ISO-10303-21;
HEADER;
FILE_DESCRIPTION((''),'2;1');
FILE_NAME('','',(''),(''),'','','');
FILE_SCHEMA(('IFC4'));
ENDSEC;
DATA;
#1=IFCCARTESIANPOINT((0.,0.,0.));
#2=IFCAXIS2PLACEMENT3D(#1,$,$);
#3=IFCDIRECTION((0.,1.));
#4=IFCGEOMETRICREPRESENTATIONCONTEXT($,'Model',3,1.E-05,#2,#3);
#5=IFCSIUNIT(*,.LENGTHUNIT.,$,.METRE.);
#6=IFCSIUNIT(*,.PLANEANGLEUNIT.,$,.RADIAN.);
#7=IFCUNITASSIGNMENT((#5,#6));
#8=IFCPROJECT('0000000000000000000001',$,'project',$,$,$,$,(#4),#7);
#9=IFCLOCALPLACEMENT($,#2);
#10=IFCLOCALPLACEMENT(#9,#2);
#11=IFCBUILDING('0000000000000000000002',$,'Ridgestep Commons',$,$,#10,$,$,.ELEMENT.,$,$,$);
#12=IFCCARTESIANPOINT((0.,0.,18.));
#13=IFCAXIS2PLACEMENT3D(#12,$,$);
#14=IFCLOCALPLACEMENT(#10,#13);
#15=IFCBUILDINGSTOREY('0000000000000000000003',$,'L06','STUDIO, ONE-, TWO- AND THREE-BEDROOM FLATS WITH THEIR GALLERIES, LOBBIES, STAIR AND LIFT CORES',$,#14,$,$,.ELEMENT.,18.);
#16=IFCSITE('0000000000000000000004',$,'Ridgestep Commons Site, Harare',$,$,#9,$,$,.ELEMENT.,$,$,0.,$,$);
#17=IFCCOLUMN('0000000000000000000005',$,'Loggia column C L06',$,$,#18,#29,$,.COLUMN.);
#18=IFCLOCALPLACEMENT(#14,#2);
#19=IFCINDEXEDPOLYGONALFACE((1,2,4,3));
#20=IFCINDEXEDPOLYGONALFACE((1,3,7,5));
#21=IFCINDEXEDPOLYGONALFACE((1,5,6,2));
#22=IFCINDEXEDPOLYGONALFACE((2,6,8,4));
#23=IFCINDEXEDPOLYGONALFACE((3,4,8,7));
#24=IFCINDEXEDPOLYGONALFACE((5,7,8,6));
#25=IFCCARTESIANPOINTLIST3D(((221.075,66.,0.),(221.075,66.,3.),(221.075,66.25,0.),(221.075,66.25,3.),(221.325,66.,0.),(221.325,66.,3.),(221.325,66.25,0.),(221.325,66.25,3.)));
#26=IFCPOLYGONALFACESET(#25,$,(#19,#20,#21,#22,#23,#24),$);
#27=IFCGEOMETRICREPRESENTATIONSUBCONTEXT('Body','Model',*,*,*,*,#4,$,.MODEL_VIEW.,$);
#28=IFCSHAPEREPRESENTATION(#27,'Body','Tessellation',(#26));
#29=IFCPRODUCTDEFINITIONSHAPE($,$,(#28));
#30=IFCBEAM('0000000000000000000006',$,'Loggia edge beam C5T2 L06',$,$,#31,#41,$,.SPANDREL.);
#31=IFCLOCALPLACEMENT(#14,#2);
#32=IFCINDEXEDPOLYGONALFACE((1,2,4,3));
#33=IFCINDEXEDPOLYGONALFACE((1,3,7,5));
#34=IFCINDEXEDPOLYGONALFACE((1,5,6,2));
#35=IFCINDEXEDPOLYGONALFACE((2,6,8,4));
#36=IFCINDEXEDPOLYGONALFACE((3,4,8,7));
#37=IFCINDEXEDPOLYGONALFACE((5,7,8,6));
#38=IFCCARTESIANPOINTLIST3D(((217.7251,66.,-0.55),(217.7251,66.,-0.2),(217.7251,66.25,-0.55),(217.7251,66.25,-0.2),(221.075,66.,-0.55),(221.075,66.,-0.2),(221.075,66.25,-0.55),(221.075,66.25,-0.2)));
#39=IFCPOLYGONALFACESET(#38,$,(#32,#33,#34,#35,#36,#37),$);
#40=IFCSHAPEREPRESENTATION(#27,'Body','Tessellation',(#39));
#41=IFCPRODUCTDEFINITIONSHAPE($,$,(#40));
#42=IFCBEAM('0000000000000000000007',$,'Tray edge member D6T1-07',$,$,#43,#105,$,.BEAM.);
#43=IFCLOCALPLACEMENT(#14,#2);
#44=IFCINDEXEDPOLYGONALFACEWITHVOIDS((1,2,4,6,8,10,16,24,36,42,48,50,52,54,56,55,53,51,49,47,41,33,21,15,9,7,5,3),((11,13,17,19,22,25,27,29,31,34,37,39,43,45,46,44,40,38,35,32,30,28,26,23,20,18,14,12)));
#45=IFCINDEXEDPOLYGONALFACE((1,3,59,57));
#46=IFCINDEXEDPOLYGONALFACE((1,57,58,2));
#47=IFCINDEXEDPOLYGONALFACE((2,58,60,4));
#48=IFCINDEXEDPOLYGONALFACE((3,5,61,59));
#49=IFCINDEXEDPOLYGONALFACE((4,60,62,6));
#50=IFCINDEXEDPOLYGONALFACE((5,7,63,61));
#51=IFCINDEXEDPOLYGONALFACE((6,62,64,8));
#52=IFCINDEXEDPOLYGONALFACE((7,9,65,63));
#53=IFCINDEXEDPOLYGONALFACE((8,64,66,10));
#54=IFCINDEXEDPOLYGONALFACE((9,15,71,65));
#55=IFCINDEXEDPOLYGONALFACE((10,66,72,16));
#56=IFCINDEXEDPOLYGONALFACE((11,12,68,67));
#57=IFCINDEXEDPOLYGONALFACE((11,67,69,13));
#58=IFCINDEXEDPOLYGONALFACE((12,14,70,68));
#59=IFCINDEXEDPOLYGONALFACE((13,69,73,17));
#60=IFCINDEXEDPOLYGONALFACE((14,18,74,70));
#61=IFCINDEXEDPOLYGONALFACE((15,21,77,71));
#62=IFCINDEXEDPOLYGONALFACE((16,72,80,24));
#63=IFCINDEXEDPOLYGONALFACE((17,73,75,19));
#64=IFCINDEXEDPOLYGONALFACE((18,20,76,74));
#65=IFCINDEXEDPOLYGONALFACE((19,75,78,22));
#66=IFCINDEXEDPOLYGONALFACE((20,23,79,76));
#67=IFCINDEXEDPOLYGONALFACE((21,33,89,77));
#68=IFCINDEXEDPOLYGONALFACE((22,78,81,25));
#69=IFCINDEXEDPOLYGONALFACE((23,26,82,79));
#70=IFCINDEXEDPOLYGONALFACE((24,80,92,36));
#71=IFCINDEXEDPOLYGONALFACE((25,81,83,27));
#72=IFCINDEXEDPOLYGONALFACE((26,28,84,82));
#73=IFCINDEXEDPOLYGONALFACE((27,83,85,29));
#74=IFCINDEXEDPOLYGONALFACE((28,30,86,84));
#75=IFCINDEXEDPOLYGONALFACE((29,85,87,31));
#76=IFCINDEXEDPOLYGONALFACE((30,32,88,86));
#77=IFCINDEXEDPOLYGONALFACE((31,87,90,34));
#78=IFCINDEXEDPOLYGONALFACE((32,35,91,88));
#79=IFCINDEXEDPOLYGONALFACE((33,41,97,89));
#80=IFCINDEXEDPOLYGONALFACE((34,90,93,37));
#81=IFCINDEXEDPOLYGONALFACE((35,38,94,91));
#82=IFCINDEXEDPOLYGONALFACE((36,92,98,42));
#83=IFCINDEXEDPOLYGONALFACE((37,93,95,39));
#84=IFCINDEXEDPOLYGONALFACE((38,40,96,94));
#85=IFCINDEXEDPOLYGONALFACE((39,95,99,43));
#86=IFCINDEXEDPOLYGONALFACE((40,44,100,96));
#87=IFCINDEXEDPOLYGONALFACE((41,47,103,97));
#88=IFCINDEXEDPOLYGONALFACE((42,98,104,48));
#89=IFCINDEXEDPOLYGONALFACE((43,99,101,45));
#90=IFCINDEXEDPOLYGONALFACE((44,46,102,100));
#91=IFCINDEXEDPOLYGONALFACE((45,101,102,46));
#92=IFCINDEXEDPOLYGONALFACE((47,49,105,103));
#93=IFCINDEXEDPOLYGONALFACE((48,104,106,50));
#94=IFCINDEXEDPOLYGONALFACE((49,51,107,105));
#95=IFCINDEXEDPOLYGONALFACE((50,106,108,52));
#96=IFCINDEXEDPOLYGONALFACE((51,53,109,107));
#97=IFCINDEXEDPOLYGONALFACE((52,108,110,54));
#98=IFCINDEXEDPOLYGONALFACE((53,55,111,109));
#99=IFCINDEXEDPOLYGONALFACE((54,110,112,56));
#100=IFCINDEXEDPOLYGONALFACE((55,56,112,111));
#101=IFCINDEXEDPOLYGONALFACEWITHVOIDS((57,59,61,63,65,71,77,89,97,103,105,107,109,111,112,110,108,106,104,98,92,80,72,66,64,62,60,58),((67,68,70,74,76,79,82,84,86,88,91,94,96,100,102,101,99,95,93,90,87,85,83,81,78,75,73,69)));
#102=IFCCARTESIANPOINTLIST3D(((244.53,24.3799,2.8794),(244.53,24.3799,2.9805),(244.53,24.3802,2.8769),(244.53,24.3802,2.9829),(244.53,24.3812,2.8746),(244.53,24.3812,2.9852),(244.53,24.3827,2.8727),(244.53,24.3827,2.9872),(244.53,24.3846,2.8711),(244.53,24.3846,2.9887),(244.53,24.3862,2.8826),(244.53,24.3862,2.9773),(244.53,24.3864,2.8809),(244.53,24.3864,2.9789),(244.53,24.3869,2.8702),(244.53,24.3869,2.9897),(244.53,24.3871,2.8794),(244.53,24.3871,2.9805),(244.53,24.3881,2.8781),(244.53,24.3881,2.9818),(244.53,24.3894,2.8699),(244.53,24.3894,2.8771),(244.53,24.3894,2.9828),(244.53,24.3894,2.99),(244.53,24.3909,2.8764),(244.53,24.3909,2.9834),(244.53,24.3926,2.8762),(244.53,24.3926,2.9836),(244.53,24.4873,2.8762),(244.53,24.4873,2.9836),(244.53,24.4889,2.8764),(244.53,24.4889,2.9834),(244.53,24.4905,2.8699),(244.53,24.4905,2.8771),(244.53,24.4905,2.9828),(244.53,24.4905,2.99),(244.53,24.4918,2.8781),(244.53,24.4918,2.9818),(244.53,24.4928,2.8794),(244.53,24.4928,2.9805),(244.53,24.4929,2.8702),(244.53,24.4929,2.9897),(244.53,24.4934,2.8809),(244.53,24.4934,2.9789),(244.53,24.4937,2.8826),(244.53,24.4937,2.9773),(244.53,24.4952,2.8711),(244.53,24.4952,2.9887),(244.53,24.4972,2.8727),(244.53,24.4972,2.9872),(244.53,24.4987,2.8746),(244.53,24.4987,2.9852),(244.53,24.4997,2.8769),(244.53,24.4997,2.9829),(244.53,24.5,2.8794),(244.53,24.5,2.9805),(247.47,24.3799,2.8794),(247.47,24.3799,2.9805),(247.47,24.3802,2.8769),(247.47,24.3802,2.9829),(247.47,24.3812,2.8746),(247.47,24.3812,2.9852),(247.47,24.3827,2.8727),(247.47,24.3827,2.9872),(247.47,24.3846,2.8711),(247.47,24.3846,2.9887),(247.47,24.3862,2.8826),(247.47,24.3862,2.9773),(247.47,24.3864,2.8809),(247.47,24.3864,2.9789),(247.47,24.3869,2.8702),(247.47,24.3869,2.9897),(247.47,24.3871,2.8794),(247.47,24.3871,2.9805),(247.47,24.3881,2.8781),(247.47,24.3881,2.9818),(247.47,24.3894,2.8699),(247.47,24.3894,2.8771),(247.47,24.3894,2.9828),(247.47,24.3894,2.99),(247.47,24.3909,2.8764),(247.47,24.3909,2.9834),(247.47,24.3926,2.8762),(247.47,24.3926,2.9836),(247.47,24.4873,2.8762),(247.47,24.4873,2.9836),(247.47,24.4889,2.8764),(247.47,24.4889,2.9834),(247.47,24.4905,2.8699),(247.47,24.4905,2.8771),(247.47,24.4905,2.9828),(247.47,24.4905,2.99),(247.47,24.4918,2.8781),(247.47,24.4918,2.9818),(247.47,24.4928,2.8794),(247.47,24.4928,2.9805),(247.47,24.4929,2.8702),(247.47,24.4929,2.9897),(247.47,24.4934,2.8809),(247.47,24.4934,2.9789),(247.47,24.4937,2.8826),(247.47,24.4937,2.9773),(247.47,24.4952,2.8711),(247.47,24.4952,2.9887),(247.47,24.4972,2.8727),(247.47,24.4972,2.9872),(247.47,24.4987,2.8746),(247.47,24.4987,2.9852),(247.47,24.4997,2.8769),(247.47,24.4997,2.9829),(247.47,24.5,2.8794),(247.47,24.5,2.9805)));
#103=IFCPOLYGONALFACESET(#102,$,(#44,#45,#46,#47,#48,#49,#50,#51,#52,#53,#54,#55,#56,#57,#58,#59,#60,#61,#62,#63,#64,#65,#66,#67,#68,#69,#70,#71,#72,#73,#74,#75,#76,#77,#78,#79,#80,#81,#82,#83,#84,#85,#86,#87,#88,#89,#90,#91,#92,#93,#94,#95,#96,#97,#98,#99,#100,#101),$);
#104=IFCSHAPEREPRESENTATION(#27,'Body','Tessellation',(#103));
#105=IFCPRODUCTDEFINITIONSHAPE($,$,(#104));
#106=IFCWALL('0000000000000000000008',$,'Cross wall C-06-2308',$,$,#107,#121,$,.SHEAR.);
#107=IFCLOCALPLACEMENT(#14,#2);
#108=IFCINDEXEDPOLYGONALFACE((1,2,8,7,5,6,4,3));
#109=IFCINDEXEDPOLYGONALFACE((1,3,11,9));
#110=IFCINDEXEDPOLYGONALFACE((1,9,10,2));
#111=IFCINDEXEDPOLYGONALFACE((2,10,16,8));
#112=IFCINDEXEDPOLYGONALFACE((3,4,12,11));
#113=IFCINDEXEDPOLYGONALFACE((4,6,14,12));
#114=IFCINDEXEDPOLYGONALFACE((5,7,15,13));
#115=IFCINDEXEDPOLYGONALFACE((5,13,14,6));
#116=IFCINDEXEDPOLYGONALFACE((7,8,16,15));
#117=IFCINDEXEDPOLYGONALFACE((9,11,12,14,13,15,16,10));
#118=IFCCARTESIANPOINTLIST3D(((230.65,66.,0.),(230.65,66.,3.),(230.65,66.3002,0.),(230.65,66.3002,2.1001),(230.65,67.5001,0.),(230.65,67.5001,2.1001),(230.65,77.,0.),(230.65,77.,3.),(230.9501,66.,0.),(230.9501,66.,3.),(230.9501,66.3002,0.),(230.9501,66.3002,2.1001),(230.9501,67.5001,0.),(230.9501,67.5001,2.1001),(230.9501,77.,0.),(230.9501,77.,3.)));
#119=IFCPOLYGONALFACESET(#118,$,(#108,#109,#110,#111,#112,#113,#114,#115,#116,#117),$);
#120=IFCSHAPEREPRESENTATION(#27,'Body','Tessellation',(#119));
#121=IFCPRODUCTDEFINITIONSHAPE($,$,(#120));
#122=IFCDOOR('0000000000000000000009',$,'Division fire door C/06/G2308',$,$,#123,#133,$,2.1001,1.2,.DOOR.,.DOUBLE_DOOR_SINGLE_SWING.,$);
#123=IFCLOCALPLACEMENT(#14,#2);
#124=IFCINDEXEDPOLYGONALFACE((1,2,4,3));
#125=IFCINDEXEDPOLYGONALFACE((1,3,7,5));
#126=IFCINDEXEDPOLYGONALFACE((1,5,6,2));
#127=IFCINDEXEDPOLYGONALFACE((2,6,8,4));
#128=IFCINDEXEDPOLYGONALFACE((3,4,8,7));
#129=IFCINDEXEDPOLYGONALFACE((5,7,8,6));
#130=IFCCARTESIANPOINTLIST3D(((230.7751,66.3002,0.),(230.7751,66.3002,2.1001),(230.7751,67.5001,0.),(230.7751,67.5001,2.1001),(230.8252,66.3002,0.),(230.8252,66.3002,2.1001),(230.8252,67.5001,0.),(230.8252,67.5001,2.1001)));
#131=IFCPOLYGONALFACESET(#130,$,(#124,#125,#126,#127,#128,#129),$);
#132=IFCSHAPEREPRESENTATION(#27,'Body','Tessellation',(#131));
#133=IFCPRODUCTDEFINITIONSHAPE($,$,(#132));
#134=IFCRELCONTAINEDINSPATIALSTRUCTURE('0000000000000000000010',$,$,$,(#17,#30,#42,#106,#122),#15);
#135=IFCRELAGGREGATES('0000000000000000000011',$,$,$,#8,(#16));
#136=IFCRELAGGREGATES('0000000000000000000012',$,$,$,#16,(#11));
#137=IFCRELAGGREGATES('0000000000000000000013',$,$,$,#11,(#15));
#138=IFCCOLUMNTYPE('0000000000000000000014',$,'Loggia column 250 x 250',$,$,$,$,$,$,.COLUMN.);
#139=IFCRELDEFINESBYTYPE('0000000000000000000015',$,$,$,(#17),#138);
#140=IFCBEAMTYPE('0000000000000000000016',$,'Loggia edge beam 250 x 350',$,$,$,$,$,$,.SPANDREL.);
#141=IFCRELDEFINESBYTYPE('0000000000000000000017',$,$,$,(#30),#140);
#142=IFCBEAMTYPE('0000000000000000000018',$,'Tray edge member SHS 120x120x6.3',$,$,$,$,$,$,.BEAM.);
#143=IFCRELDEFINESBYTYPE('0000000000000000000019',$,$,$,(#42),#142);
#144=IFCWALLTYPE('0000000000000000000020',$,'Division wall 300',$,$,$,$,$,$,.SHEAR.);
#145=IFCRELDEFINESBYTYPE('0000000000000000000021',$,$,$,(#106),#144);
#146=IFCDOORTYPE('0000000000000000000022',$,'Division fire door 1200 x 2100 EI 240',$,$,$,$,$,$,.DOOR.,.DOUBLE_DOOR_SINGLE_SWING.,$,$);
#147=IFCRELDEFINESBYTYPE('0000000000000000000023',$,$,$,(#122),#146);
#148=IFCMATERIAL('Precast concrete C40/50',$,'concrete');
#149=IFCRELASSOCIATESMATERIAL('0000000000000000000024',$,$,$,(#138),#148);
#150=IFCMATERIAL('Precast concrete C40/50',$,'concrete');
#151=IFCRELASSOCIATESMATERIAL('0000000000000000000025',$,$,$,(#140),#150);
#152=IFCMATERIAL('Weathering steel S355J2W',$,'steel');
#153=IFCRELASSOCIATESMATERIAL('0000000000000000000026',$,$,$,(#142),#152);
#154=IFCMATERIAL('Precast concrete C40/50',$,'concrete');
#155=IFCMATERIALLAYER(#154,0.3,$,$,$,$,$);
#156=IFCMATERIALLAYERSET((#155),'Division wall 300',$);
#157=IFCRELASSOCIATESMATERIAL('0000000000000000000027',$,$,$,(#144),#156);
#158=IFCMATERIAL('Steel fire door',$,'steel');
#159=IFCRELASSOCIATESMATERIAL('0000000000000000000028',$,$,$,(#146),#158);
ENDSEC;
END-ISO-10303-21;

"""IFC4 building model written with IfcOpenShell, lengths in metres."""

from ifc_helpers import new_model, si_unit, direction, frame, frame_2d, origin, origin_2d, place, context, subcontext, project, spatial, rectangle, hollow_rectangle, extrude, material, layer, layer_set, material_profile, profile_set, type_object, element, fill, save


model = new_model("IFC4")

# Units and contexts
model_context = context("Model", 3, precision=1e-05, world=origin(), true_north=direction((0.0, 1.0)))
body_context = subcontext(model_context, "Body", "Model", "MODEL_VIEW")
ifc_project = project(units=[si_unit("LENGTHUNIT", "METRE"), si_unit("PLANEANGLEUNIT", "RADIAN")], contexts=[model_context])

# Site, building, storey
site_placement = place(None, origin())
site = spatial("IfcSite", under=ifc_project, at=site_placement, Name="Ridgestep Commons Site, Harare", CompositionType="ELEMENT", RefElevation=0.0)
building_placement = place(site_placement, origin())
building = spatial("IfcBuilding", under=site, at=building_placement, Name="Ridgestep Commons", CompositionType="ELEMENT")
storey_placement = place(building_placement, frame((0.0, 0.0, 18.0)))
storey = spatial("IfcBuildingStorey", under=building, at=storey_placement, Name="L06", Description="STUDIO, ONE-, TWO- AND THREE-BEDROOM FLATS WITH THEIR GALLERIES, LOBBIES, STAIR AND LIFT CORES", CompositionType="ELEMENT", Elevation=18.0)

# Column
ifc_material_1 = material(Name="Precast concrete C40/50", Category="concrete")
ifc_material_profile_1 = material_profile(ifc_material_1, rectangle(XDim=0.25, YDim=0.25, at=origin_2d()), Name="PC 250x250")
ifc_profile_set_1 = profile_set([ifc_material_profile_1], Name="Precast concrete C40/50")
column_type = type_object("IfcColumnType", Name="Loggia column 250 x 250", PredefinedType="COLUMN", material=ifc_profile_set_1)
column_placement = place(storey_placement, frame((221.2, 66.125, 0.0), z_axis=(0.0, 0.0, 1.0), x_axis=(1.0, 0.0, 0.0)))
element("IfcColumn", 1, at=column_placement, inside=storey, type_object=column_type, Name="Loggia column C L06", PredefinedType="COLUMN", context=body_context, shape_type="SweptSolid", body=[
    extrude(rectangle(XDim=0.25, YDim=0.25, at=origin_2d()), origin(), (0.0, 0.0, 1.0), 3.0),
])

# Beams
ifc_material_2 = material(Name="Precast concrete C40/50", Category="concrete")
ifc_material_profile_2 = material_profile(ifc_material_2, rectangle(XDim=0.25, YDim=0.3501, at=origin_2d()), Name="PC 250x350")
ifc_profile_set_2 = profile_set([ifc_material_profile_2], Name="Precast concrete C40/50")
beam_type_1 = type_object("IfcBeamType", Name="Loggia edge beam 250 x 350", PredefinedType="SPANDREL", material=ifc_profile_set_2)
beam_1_placement = place(storey_placement, frame((217.7251, 66.125, -0.375), z_axis=(1.0, 0.0, 0.0), x_axis=(0.0, 1.0, 0.0)))
element("IfcBeam", 2, at=beam_1_placement, inside=storey, type_object=beam_type_1, Name="Loggia edge beam C5T2 L06", PredefinedType="SPANDREL", context=body_context, shape_type="SweptSolid", body=[
    extrude(rectangle(XDim=0.25, YDim=0.3501, at=origin_2d()), origin(), (0.0, 0.0, 1.0), 3.3499),
])
ifc_material_3 = material(Name="Weathering steel S355J2W", Category="steel")
ifc_material_profile_3 = material_profile(ifc_material_3, hollow_rectangle(XDim=0.1201, YDim=0.1201, WallThickness=0.0063, InnerFilletRadius=0.0063, OuterFilletRadius=0.0095, at=origin_2d()), Name="SHS 120x120x6.3")
ifc_profile_set_3 = profile_set([ifc_material_profile_3], Name="Weathering steel S355J2W")
beam_type_2 = type_object("IfcBeamType", Name="Tray edge member SHS 120x120x6.3", PredefinedType="BEAM", material=ifc_profile_set_3)
beam_2_placement = place(storey_placement, frame((244.53, 24.4399, 2.9299), z_axis=(1.0, 0.0, 0.0), x_axis=(0.0, 0.0, 1.0)))
element("IfcBeam", 3, at=beam_2_placement, inside=storey, type_object=beam_type_2, Name="Tray edge member D6T1-07", PredefinedType="BEAM", context=body_context, shape_type="SweptSolid", body=[
    extrude(hollow_rectangle(XDim=0.1201, YDim=0.1201, WallThickness=0.0063, InnerFilletRadius=0.0063, OuterFilletRadius=0.0095, at=origin_2d()), origin(), (0.0, 0.0, 1.0), 2.9399),
])

# Wall, opening, door
ifc_material_4 = material(Name="Precast concrete C40/50", Category="concrete")
ifc_layer_1 = layer(ifc_material_4, 0.3)
ifc_layer_set_1 = layer_set([ifc_layer_1], Name="Division wall 300")
wall_type_1 = type_object("IfcWallType", Name="Division wall 300", PredefinedType="SHEAR", material=ifc_layer_set_1)
wall_1_placement = place(storey_placement, frame((230.8, 66.0, 0.0), z_axis=(0.0, 0.0, 1.0), x_axis=(0.0, 1.0, 0.0)))
wall_1 = element("IfcWall", 4, at=wall_1_placement, inside=storey, type_object=wall_type_1, Name="Cross wall C-06-2308", PredefinedType="SHEAR", context=body_context, shape_type="SweptSolid", body=[
    extrude(rectangle(XDim=11.0, YDim=0.3, at=frame_2d((5.5, 0.0))), origin(), (0.0, 0.0, 1.0), 3.0),
])
opening_1_placement = place(wall_1_placement, frame((0.3, 0.0, 0.0)))
opening_1 = element("IfcOpeningElement", 5, at=opening_1_placement, cuts=wall_1, PredefinedType="OPENING", context=body_context, shape_type="SweptSolid", body=[
    extrude(rectangle(XDim=1.2, YDim=2.1001, at=frame_2d((0.6001, 1.05))), frame((0.0, 0.1599, 0.0), z_axis=(0.0, -1.0, 0.0), x_axis=(1.0, 0.0, 0.0)), (0.0, 0.0, 1.0), 0.3201),
])
ifc_material_5 = material(Name="Steel fire door", Category="steel")
door_type = type_object("IfcDoorType", Name="Division fire door 1200 x 2100 EI 240", OperationType="DOUBLE_DOOR_SINGLE_SWING", PredefinedType="DOOR", material=ifc_material_5)
door_placement = place(opening_1_placement, origin())
door = element("IfcDoor", 6, at=door_placement, inside=storey, type_object=door_type, Name="Division fire door C/06/G2308", OperationType="DOUBLE_DOOR_SINGLE_SWING", OverallHeight=2.1001, OverallWidth=1.2, PredefinedType="DOOR", context=body_context, shape_type="SweptSolid", body=[
    extrude(rectangle(XDim=1.2, YDim=2.1001, at=frame_2d((0.6001, 1.05))), frame((0.0, 0.0249, 0.0), z_axis=(0.0, -1.0, 0.0), x_axis=(1.0, 0.0, 0.0)), (0.0, 0.0, 1.0), 0.05),
])
fill(opening_1, door)

save(model, "model.ifc")
